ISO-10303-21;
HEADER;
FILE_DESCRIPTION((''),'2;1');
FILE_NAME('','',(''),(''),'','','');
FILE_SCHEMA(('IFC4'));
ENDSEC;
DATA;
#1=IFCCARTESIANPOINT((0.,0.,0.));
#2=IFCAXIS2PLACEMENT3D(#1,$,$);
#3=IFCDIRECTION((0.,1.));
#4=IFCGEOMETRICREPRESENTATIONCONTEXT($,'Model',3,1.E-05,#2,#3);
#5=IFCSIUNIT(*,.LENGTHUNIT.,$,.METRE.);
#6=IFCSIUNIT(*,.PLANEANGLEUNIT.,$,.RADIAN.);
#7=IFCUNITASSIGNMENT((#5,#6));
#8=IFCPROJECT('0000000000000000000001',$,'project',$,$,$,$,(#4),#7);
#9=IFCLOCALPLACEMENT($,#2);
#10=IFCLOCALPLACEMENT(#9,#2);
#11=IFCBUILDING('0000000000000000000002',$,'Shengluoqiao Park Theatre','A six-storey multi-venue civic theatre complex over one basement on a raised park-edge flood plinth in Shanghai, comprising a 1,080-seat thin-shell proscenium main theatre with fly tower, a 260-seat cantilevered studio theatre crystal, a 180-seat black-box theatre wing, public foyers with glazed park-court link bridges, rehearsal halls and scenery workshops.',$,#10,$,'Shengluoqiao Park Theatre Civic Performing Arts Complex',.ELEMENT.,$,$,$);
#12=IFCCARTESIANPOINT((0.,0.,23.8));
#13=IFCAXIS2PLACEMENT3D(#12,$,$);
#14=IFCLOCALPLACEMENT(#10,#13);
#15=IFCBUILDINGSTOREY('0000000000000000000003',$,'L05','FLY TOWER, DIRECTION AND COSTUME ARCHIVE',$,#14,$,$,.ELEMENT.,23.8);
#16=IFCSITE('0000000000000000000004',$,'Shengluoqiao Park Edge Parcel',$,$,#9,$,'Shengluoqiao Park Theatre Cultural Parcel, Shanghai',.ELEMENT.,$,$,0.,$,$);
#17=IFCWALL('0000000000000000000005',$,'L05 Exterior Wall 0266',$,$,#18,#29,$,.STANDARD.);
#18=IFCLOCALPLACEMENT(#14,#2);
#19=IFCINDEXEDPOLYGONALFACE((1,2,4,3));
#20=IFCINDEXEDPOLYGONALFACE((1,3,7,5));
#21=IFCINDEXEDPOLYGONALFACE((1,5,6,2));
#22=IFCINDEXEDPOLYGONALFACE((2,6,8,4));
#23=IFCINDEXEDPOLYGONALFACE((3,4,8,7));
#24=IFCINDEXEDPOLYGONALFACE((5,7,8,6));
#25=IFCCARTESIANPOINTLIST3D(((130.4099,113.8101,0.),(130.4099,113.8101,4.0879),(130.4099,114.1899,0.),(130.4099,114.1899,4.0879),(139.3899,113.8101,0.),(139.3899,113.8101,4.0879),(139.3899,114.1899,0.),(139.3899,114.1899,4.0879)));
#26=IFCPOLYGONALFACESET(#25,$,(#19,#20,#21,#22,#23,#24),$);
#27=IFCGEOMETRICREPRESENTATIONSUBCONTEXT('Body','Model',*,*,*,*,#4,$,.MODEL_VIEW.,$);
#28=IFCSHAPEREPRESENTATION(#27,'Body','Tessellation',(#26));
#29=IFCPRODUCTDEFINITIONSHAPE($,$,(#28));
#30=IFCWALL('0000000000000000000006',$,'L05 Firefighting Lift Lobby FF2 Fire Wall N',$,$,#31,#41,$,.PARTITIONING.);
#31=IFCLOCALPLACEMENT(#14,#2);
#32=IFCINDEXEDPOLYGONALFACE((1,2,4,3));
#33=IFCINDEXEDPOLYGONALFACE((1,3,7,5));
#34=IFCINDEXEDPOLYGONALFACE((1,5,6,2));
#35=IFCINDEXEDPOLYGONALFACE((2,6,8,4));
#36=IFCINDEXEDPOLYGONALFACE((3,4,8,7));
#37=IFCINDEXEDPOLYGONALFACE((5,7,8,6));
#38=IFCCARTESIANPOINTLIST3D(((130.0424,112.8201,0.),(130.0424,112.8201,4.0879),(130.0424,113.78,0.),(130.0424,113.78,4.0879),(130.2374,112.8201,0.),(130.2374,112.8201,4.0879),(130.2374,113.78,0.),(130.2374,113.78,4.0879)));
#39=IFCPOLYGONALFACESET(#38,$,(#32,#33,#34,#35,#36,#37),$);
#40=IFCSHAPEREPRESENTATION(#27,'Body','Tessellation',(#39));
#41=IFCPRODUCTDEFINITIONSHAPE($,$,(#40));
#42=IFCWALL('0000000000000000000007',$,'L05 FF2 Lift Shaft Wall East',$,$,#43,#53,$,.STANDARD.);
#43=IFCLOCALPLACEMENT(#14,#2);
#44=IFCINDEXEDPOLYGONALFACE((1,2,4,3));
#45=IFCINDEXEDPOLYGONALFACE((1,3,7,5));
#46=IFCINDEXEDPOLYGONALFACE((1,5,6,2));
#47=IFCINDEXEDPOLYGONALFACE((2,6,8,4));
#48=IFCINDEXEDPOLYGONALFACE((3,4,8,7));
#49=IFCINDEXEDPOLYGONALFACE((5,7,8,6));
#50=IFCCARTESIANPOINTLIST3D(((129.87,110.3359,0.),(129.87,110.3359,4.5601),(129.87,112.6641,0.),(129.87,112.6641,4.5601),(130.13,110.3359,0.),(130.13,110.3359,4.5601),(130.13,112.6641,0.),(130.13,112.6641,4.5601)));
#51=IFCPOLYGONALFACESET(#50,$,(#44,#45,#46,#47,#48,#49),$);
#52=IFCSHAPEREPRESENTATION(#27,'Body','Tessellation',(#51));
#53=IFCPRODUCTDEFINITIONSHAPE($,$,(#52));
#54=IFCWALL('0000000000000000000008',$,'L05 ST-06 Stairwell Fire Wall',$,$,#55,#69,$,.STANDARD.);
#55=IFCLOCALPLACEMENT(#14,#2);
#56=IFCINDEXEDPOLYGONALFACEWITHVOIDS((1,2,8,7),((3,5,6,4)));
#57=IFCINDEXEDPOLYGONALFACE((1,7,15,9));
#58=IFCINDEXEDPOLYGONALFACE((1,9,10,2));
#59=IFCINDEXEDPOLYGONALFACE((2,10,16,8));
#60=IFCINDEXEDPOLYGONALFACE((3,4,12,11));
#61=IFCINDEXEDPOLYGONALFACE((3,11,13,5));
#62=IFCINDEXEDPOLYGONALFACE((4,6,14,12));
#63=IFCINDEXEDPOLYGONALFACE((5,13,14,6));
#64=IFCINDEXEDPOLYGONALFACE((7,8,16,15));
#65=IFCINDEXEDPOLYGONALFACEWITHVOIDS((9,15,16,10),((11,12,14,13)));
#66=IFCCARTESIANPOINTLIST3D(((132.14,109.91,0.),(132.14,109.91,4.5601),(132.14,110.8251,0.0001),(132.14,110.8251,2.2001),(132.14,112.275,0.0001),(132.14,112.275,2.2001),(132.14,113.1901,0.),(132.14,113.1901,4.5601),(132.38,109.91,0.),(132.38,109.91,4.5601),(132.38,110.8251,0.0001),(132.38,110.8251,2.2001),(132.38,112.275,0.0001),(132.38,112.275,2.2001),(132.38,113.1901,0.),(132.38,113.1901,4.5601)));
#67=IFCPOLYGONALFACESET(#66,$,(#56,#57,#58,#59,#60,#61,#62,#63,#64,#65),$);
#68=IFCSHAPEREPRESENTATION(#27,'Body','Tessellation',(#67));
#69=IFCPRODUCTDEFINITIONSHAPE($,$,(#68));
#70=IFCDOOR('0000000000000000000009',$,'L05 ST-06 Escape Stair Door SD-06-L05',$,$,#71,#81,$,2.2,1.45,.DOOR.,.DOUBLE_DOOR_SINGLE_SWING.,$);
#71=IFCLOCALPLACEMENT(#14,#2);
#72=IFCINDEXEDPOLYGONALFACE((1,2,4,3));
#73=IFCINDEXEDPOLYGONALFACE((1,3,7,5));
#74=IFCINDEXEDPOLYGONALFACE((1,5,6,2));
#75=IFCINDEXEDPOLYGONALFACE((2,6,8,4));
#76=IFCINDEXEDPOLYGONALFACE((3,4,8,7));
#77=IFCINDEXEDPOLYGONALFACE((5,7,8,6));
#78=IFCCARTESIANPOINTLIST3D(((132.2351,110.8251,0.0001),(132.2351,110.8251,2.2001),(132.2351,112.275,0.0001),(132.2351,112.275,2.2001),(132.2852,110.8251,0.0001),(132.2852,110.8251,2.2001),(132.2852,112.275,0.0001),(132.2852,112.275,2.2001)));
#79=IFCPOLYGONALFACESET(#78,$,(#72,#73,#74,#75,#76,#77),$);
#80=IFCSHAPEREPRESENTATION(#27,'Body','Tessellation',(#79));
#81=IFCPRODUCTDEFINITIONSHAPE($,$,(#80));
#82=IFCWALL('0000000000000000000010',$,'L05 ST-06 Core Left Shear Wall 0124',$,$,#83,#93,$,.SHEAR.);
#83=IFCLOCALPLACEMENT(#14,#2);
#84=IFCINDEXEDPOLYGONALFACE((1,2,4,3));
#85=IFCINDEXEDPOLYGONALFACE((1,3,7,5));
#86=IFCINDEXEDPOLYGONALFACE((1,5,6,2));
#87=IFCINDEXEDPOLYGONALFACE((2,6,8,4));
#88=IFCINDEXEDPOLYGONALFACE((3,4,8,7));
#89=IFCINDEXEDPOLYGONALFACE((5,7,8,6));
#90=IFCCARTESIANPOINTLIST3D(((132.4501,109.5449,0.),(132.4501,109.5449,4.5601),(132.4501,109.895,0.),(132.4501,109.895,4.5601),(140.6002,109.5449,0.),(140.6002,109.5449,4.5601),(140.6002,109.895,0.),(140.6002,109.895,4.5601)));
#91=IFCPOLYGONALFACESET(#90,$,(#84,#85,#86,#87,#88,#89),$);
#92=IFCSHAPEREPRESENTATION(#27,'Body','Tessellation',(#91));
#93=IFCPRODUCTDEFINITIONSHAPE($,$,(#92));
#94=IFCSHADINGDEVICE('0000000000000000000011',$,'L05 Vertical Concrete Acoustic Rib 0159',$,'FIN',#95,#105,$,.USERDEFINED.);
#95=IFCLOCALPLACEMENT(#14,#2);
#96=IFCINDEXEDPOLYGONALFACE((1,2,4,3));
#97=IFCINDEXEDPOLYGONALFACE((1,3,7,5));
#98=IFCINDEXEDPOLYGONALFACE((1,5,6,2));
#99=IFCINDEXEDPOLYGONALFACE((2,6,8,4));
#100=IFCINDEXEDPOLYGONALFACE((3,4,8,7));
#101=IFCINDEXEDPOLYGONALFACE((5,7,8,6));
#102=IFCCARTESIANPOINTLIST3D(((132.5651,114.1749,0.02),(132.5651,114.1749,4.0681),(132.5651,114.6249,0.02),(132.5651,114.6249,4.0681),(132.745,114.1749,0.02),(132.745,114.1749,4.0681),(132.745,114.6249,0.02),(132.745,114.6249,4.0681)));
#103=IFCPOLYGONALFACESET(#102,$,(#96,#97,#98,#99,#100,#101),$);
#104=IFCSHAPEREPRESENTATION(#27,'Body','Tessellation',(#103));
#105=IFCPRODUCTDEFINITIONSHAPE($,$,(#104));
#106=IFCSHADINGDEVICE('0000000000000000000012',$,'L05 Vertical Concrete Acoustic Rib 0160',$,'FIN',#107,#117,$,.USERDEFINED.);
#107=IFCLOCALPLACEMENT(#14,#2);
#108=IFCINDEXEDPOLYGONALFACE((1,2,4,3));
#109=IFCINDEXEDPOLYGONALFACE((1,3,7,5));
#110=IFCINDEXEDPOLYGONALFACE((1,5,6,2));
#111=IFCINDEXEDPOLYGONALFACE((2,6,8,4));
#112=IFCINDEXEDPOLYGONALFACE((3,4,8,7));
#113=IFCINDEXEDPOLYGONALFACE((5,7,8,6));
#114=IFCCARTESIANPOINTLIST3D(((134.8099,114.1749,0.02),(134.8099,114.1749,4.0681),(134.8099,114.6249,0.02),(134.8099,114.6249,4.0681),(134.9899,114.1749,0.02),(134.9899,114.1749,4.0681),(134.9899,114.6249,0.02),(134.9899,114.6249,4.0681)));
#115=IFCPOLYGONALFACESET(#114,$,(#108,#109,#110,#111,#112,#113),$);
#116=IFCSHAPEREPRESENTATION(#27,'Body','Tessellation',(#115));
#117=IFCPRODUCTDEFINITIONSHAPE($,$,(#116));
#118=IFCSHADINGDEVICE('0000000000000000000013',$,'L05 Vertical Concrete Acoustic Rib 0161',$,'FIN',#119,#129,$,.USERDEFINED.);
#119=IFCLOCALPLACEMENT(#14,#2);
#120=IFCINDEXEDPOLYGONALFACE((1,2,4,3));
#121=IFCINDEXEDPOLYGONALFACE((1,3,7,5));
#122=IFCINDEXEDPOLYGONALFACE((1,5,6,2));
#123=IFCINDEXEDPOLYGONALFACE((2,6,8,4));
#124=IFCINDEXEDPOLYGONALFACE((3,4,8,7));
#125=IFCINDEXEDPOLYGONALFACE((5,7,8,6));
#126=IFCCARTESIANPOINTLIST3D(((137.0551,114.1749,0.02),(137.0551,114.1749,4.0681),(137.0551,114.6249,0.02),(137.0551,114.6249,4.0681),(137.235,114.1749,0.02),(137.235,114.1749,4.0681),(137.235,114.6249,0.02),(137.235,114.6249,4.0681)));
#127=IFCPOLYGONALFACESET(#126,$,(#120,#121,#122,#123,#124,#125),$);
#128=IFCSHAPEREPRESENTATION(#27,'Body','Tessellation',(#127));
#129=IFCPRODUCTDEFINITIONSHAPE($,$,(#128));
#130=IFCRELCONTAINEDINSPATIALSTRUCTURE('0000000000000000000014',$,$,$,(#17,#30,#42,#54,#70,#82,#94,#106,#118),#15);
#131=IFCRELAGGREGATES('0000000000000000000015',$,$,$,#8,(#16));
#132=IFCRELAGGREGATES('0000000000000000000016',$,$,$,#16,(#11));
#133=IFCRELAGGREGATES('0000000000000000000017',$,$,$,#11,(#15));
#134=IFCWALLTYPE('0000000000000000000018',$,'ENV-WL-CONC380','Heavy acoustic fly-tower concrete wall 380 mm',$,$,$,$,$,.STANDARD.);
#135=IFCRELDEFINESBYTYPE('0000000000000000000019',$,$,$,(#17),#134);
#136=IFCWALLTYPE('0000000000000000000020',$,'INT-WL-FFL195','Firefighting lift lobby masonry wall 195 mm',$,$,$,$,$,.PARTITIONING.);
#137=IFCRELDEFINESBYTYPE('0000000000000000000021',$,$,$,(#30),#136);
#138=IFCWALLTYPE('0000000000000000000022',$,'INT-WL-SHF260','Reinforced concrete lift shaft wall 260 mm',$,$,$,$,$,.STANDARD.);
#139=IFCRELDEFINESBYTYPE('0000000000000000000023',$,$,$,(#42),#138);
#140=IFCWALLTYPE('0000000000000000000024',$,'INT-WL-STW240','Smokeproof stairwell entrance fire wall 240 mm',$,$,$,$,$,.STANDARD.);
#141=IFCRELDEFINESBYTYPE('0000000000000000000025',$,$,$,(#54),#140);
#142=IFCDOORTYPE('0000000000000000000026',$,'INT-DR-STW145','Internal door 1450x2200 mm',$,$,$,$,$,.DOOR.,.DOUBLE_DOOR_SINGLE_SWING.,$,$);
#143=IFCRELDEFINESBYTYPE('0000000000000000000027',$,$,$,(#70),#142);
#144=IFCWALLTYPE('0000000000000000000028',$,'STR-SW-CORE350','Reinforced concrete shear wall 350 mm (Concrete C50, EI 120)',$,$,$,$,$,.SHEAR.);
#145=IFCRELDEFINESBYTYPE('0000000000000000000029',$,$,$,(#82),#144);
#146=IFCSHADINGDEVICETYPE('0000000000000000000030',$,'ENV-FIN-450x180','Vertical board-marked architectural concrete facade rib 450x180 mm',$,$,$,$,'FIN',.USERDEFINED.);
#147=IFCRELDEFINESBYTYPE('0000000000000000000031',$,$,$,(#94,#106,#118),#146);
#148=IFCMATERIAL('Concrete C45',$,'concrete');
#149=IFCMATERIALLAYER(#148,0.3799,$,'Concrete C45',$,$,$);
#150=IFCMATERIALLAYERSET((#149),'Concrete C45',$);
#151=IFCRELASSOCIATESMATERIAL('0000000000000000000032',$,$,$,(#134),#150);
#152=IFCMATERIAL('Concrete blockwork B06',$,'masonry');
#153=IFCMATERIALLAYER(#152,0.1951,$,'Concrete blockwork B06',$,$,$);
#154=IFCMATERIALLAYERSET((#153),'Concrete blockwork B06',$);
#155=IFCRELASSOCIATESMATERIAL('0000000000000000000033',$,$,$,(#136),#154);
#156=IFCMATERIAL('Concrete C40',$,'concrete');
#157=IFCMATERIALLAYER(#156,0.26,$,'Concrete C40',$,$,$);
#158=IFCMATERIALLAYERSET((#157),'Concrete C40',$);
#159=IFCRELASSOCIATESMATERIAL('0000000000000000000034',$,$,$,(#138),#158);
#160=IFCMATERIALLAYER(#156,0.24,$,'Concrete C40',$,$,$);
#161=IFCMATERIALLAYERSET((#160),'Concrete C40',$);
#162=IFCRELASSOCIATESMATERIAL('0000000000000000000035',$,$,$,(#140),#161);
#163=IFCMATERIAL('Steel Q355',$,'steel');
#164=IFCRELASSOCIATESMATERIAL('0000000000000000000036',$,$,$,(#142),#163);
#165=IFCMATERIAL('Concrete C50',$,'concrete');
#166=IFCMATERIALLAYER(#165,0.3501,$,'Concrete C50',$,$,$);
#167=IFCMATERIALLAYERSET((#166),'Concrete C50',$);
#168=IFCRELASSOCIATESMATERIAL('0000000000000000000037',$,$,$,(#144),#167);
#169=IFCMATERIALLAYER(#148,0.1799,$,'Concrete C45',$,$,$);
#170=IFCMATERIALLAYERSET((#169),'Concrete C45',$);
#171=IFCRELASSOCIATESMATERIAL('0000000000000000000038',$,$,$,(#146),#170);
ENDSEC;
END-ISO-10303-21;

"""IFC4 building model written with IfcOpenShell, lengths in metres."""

from ifc_helpers import new_model, si_unit, direction, frame, frame_2d, origin, origin_2d, place, context, subcontext, project, spatial, rectangle, extrude, material, layer, layer_set, type_object, element, fill, save


model = new_model("IFC4")

# Units and contexts
model_context = context("Model", 3, precision=1e-05, world=origin(), true_north=direction((0.0, 1.0)))
body_context = subcontext(model_context, "Body", "Model", "MODEL_VIEW")
ifc_project = project(units=[si_unit("LENGTHUNIT", "METRE"), si_unit("PLANEANGLEUNIT", "RADIAN")], contexts=[model_context])

# Site, building, storey
site_placement = place(None, origin())
site = spatial("IfcSite", under=ifc_project, at=site_placement, Name="Shengluoqiao Park Edge Parcel", LongName="Shengluoqiao Park Theatre Cultural Parcel, Shanghai", CompositionType="ELEMENT", RefElevation=0.0)
building_placement = place(site_placement, origin())
building = spatial("IfcBuilding", under=site, at=building_placement, Name="Shengluoqiao Park Theatre", Description="A six-storey multi-venue civic theatre complex over one basement on a raised park-edge flood plinth in Shanghai, comprising a 1,080-seat thin-shell proscenium main theatre with fly tower, a 260-seat cantilevered studio theatre crystal, a 180-seat black-box theatre wing, public foyers with glazed park-court link bridges, rehearsal halls and scenery workshops.", LongName="Shengluoqiao Park Theatre Civic Performing Arts Complex", CompositionType="ELEMENT")
storey_placement = place(building_placement, frame((0.0, 0.0, 23.8)))
storey = spatial("IfcBuildingStorey", under=building, at=storey_placement, Name="L05", Description="FLY TOWER, DIRECTION AND COSTUME ARCHIVE", CompositionType="ELEMENT", Elevation=23.8)

# Shared definitions
ifc_material_1 = material(Name="Steel Q355", Category="steel")

# Shared definitions
ifc_material_2 = material(Name="Concrete C40", Category="concrete")

# Walls
ifc_material_3 = material(Name="Concrete C45", Category="concrete")
ifc_layer_1 = layer(ifc_material_3, 0.3799, Name="Concrete C45")
ifc_layer_set_1 = layer_set([ifc_layer_1], Name="Concrete C45")
wall_type_1 = type_object("IfcWallType", Name="ENV-WL-CONC380", Description="Heavy acoustic fly-tower concrete wall 380 mm", PredefinedType="STANDARD", material=ifc_layer_set_1)
wall_1_placement = place(storey_placement, frame((130.4099, 114.0, 0.0), z_axis=(0.0, 0.0, 1.0), x_axis=(1.0, 0.0, 0.0)))
element("IfcWall", 1, at=wall_1_placement, inside=storey, type_object=wall_type_1, Name="L05 Exterior Wall 0266", PredefinedType="STANDARD", context=body_context, shape_type="SweptSolid", body=[
    extrude(rectangle(XDim=8.98, YDim=0.3799, at=frame_2d((4.49, 0.0))), origin(), (0.0, 0.0, 1.0), 4.0879),
])
ifc_material_4 = material(Name="Concrete blockwork B06", Category="masonry")
ifc_layer_2 = layer(ifc_material_4, 0.1951, Name="Concrete blockwork B06")
ifc_layer_set_2 = layer_set([ifc_layer_2], Name="Concrete blockwork B06")
wall_type_2 = type_object("IfcWallType", Name="INT-WL-FFL195", Description="Firefighting lift lobby masonry wall 195 mm", PredefinedType="PARTITIONING", material=ifc_layer_set_2)
wall_2_placement = place(storey_placement, frame((130.1399, 112.8201, 0.0), z_axis=(0.0, 0.0, 1.0), x_axis=(0.0, 1.0, 0.0)))
element("IfcWall", 2, at=wall_2_placement, inside=storey, type_object=wall_type_2, Name="L05 Firefighting Lift Lobby FF2 Fire Wall N", PredefinedType="PARTITIONING", context=body_context, shape_type="SweptSolid", body=[
    extrude(rectangle(XDim=0.96, YDim=0.1951, at=frame_2d((0.48, 0.0))), origin(), (0.0, 0.0, 1.0), 4.0879),
])
ifc_layer_3 = layer(ifc_material_2, 0.26, Name="Concrete C40")
ifc_layer_set_3 = layer_set([ifc_layer_3], Name="Concrete C40")
wall_type_3 = type_object("IfcWallType", Name="INT-WL-SHF260", Description="Reinforced concrete lift shaft wall 260 mm", PredefinedType="STANDARD", material=ifc_layer_set_3)
wall_3_placement = place(storey_placement, frame((130.0, 110.3359, 0.0), z_axis=(0.0, 0.0, 1.0), x_axis=(0.0, 1.0, 0.0)))
element("IfcWall", 3, at=wall_3_placement, inside=storey, type_object=wall_type_3, Name="L05 FF2 Lift Shaft Wall East", PredefinedType="STANDARD", context=body_context, shape_type="SweptSolid", body=[
    extrude(rectangle(XDim=2.3281, YDim=0.26, at=frame_2d((1.1641, 0.0))), origin(), (0.0, 0.0, 1.0), 4.5601),
])

# Wall, opening, door
ifc_layer_4 = layer(ifc_material_2, 0.24, Name="Concrete C40")
ifc_layer_set_4 = layer_set([ifc_layer_4], Name="Concrete C40")
wall_type_4 = type_object("IfcWallType", Name="INT-WL-STW240", Description="Smokeproof stairwell entrance fire wall 240 mm", PredefinedType="STANDARD", material=ifc_layer_set_4)
wall_4_placement = place(storey_placement, frame((132.26, 109.9099, 0.0), z_axis=(0.0, 0.0, 1.0), x_axis=(0.0, 1.0, 0.0)))
wall_4 = element("IfcWall", 4, at=wall_4_placement, inside=storey, type_object=wall_type_4, Name="L05 ST-06 Stairwell Fire Wall", PredefinedType="STANDARD", context=body_context, shape_type="SweptSolid", body=[
    extrude(rectangle(XDim=3.28, YDim=0.24, at=frame_2d((1.6401, 0.0))), origin(), (0.0, 0.0, 1.0), 4.5601),
])
opening_1_placement = place(wall_4_placement, frame((0.915, 0.0, 0.0)))
opening_1 = element("IfcOpeningElement", 5, at=opening_1_placement, cuts=wall_4, PredefinedType="OPENING", context=body_context, shape_type="SweptSolid", body=[
    extrude(rectangle(XDim=1.45, YDim=2.2, at=frame_2d((0.7251, 1.1001))), frame((0.0, 0.1299, 0.0), z_axis=(0.0, -1.0, 0.0), x_axis=(1.0, 0.0, 0.0)), (0.0, 0.0, 1.0), 0.26),
])
door_type = type_object("IfcDoorType", Name="INT-DR-STW145", Description="Internal door 1450x2200 mm", OperationType="DOUBLE_DOOR_SINGLE_SWING", PredefinedType="DOOR", material=ifc_material_1)
door_placement = place(opening_1_placement, origin())
door = element("IfcDoor", 6, at=door_placement, inside=storey, type_object=door_type, Name="L05 ST-06 Escape Stair Door SD-06-L05", OperationType="DOUBLE_DOOR_SINGLE_SWING", OverallHeight=2.2, OverallWidth=1.45, PredefinedType="DOOR", context=body_context, shape_type="SweptSolid", body=[
    extrude(rectangle(XDim=1.45, YDim=2.2, at=frame_2d((0.7251, 1.1001))), frame((0.0, 0.0249, 0.0), z_axis=(0.0, -1.0, 0.0), x_axis=(1.0, 0.0, 0.0)), (0.0, 0.0, 1.0), 0.05),
])
fill(opening_1, door)

# Wall
ifc_material_5 = material(Name="Concrete C50", Category="concrete")
ifc_layer_5 = layer(ifc_material_5, 0.3501, Name="Concrete C50")
ifc_layer_set_5 = layer_set([ifc_layer_5], Name="Concrete C50")
wall_type_5 = type_object("IfcWallType", Name="STR-SW-CORE350", Description="Reinforced concrete shear wall 350 mm (Concrete C50, EI 120)", PredefinedType="SHEAR", material=ifc_layer_set_5)
wall_5_placement = place(storey_placement, frame((132.45, 109.72, 0.0), z_axis=(0.0, 0.0, 1.0), x_axis=(1.0, 0.0, 0.0)))
element("IfcWall", 7, at=wall_5_placement, inside=storey, type_object=wall_type_5, Name="L05 ST-06 Core Left Shear Wall 0124", PredefinedType="SHEAR", context=body_context, shape_type="SweptSolid", body=[
    extrude(rectangle(XDim=8.1501, YDim=0.3501, at=frame_2d((4.0752, 0.0))), origin(), (0.0, 0.0, 1.0), 4.5601),
])

# Shading devices
ifc_layer_6 = layer(ifc_material_3, 0.1799, Name="Concrete C45")
ifc_layer_set_6 = layer_set([ifc_layer_6], Name="Concrete C45")
shading_device_type = type_object("IfcShadingDeviceType", Name="ENV-FIN-450x180", Description="Vertical board-marked architectural concrete facade rib 450x180 mm", ElementType="FIN", PredefinedType="USERDEFINED", material=ifc_layer_set_6)
for number, where, z_axis, x_axis, name in (
    (8, (132.655, 114.3999, 0.02), (0.0, 0.0, 1.0), (0.0, 1.0, 0.0), "L05 Vertical Concrete Acoustic Rib 0159"),
    (9, (134.8999, 114.3999, 0.02), (0.0, 0.0, 1.0), (0.0, 1.0, 0.0), "L05 Vertical Concrete Acoustic Rib 0160"),
    (10, (137.145, 114.3999, 0.02), (0.0, 0.0, 1.0), (0.0, 1.0, 0.0), "L05 Vertical Concrete Acoustic Rib 0161"),
):
    element("IfcShadingDevice", number, at=place(storey_placement, frame(where, z_axis=z_axis, x_axis=x_axis)), inside=storey, type_object=shading_device_type, Name=name, ObjectType="FIN", PredefinedType="USERDEFINED", context=body_context, shape_type="SweptSolid", body=[
        extrude(rectangle(XDim=0.45, YDim=0.1799, at=origin_2d()), origin(), (0.0, 0.0, 1.0), 4.0481),
    ])

save(model, "model.ifc")
